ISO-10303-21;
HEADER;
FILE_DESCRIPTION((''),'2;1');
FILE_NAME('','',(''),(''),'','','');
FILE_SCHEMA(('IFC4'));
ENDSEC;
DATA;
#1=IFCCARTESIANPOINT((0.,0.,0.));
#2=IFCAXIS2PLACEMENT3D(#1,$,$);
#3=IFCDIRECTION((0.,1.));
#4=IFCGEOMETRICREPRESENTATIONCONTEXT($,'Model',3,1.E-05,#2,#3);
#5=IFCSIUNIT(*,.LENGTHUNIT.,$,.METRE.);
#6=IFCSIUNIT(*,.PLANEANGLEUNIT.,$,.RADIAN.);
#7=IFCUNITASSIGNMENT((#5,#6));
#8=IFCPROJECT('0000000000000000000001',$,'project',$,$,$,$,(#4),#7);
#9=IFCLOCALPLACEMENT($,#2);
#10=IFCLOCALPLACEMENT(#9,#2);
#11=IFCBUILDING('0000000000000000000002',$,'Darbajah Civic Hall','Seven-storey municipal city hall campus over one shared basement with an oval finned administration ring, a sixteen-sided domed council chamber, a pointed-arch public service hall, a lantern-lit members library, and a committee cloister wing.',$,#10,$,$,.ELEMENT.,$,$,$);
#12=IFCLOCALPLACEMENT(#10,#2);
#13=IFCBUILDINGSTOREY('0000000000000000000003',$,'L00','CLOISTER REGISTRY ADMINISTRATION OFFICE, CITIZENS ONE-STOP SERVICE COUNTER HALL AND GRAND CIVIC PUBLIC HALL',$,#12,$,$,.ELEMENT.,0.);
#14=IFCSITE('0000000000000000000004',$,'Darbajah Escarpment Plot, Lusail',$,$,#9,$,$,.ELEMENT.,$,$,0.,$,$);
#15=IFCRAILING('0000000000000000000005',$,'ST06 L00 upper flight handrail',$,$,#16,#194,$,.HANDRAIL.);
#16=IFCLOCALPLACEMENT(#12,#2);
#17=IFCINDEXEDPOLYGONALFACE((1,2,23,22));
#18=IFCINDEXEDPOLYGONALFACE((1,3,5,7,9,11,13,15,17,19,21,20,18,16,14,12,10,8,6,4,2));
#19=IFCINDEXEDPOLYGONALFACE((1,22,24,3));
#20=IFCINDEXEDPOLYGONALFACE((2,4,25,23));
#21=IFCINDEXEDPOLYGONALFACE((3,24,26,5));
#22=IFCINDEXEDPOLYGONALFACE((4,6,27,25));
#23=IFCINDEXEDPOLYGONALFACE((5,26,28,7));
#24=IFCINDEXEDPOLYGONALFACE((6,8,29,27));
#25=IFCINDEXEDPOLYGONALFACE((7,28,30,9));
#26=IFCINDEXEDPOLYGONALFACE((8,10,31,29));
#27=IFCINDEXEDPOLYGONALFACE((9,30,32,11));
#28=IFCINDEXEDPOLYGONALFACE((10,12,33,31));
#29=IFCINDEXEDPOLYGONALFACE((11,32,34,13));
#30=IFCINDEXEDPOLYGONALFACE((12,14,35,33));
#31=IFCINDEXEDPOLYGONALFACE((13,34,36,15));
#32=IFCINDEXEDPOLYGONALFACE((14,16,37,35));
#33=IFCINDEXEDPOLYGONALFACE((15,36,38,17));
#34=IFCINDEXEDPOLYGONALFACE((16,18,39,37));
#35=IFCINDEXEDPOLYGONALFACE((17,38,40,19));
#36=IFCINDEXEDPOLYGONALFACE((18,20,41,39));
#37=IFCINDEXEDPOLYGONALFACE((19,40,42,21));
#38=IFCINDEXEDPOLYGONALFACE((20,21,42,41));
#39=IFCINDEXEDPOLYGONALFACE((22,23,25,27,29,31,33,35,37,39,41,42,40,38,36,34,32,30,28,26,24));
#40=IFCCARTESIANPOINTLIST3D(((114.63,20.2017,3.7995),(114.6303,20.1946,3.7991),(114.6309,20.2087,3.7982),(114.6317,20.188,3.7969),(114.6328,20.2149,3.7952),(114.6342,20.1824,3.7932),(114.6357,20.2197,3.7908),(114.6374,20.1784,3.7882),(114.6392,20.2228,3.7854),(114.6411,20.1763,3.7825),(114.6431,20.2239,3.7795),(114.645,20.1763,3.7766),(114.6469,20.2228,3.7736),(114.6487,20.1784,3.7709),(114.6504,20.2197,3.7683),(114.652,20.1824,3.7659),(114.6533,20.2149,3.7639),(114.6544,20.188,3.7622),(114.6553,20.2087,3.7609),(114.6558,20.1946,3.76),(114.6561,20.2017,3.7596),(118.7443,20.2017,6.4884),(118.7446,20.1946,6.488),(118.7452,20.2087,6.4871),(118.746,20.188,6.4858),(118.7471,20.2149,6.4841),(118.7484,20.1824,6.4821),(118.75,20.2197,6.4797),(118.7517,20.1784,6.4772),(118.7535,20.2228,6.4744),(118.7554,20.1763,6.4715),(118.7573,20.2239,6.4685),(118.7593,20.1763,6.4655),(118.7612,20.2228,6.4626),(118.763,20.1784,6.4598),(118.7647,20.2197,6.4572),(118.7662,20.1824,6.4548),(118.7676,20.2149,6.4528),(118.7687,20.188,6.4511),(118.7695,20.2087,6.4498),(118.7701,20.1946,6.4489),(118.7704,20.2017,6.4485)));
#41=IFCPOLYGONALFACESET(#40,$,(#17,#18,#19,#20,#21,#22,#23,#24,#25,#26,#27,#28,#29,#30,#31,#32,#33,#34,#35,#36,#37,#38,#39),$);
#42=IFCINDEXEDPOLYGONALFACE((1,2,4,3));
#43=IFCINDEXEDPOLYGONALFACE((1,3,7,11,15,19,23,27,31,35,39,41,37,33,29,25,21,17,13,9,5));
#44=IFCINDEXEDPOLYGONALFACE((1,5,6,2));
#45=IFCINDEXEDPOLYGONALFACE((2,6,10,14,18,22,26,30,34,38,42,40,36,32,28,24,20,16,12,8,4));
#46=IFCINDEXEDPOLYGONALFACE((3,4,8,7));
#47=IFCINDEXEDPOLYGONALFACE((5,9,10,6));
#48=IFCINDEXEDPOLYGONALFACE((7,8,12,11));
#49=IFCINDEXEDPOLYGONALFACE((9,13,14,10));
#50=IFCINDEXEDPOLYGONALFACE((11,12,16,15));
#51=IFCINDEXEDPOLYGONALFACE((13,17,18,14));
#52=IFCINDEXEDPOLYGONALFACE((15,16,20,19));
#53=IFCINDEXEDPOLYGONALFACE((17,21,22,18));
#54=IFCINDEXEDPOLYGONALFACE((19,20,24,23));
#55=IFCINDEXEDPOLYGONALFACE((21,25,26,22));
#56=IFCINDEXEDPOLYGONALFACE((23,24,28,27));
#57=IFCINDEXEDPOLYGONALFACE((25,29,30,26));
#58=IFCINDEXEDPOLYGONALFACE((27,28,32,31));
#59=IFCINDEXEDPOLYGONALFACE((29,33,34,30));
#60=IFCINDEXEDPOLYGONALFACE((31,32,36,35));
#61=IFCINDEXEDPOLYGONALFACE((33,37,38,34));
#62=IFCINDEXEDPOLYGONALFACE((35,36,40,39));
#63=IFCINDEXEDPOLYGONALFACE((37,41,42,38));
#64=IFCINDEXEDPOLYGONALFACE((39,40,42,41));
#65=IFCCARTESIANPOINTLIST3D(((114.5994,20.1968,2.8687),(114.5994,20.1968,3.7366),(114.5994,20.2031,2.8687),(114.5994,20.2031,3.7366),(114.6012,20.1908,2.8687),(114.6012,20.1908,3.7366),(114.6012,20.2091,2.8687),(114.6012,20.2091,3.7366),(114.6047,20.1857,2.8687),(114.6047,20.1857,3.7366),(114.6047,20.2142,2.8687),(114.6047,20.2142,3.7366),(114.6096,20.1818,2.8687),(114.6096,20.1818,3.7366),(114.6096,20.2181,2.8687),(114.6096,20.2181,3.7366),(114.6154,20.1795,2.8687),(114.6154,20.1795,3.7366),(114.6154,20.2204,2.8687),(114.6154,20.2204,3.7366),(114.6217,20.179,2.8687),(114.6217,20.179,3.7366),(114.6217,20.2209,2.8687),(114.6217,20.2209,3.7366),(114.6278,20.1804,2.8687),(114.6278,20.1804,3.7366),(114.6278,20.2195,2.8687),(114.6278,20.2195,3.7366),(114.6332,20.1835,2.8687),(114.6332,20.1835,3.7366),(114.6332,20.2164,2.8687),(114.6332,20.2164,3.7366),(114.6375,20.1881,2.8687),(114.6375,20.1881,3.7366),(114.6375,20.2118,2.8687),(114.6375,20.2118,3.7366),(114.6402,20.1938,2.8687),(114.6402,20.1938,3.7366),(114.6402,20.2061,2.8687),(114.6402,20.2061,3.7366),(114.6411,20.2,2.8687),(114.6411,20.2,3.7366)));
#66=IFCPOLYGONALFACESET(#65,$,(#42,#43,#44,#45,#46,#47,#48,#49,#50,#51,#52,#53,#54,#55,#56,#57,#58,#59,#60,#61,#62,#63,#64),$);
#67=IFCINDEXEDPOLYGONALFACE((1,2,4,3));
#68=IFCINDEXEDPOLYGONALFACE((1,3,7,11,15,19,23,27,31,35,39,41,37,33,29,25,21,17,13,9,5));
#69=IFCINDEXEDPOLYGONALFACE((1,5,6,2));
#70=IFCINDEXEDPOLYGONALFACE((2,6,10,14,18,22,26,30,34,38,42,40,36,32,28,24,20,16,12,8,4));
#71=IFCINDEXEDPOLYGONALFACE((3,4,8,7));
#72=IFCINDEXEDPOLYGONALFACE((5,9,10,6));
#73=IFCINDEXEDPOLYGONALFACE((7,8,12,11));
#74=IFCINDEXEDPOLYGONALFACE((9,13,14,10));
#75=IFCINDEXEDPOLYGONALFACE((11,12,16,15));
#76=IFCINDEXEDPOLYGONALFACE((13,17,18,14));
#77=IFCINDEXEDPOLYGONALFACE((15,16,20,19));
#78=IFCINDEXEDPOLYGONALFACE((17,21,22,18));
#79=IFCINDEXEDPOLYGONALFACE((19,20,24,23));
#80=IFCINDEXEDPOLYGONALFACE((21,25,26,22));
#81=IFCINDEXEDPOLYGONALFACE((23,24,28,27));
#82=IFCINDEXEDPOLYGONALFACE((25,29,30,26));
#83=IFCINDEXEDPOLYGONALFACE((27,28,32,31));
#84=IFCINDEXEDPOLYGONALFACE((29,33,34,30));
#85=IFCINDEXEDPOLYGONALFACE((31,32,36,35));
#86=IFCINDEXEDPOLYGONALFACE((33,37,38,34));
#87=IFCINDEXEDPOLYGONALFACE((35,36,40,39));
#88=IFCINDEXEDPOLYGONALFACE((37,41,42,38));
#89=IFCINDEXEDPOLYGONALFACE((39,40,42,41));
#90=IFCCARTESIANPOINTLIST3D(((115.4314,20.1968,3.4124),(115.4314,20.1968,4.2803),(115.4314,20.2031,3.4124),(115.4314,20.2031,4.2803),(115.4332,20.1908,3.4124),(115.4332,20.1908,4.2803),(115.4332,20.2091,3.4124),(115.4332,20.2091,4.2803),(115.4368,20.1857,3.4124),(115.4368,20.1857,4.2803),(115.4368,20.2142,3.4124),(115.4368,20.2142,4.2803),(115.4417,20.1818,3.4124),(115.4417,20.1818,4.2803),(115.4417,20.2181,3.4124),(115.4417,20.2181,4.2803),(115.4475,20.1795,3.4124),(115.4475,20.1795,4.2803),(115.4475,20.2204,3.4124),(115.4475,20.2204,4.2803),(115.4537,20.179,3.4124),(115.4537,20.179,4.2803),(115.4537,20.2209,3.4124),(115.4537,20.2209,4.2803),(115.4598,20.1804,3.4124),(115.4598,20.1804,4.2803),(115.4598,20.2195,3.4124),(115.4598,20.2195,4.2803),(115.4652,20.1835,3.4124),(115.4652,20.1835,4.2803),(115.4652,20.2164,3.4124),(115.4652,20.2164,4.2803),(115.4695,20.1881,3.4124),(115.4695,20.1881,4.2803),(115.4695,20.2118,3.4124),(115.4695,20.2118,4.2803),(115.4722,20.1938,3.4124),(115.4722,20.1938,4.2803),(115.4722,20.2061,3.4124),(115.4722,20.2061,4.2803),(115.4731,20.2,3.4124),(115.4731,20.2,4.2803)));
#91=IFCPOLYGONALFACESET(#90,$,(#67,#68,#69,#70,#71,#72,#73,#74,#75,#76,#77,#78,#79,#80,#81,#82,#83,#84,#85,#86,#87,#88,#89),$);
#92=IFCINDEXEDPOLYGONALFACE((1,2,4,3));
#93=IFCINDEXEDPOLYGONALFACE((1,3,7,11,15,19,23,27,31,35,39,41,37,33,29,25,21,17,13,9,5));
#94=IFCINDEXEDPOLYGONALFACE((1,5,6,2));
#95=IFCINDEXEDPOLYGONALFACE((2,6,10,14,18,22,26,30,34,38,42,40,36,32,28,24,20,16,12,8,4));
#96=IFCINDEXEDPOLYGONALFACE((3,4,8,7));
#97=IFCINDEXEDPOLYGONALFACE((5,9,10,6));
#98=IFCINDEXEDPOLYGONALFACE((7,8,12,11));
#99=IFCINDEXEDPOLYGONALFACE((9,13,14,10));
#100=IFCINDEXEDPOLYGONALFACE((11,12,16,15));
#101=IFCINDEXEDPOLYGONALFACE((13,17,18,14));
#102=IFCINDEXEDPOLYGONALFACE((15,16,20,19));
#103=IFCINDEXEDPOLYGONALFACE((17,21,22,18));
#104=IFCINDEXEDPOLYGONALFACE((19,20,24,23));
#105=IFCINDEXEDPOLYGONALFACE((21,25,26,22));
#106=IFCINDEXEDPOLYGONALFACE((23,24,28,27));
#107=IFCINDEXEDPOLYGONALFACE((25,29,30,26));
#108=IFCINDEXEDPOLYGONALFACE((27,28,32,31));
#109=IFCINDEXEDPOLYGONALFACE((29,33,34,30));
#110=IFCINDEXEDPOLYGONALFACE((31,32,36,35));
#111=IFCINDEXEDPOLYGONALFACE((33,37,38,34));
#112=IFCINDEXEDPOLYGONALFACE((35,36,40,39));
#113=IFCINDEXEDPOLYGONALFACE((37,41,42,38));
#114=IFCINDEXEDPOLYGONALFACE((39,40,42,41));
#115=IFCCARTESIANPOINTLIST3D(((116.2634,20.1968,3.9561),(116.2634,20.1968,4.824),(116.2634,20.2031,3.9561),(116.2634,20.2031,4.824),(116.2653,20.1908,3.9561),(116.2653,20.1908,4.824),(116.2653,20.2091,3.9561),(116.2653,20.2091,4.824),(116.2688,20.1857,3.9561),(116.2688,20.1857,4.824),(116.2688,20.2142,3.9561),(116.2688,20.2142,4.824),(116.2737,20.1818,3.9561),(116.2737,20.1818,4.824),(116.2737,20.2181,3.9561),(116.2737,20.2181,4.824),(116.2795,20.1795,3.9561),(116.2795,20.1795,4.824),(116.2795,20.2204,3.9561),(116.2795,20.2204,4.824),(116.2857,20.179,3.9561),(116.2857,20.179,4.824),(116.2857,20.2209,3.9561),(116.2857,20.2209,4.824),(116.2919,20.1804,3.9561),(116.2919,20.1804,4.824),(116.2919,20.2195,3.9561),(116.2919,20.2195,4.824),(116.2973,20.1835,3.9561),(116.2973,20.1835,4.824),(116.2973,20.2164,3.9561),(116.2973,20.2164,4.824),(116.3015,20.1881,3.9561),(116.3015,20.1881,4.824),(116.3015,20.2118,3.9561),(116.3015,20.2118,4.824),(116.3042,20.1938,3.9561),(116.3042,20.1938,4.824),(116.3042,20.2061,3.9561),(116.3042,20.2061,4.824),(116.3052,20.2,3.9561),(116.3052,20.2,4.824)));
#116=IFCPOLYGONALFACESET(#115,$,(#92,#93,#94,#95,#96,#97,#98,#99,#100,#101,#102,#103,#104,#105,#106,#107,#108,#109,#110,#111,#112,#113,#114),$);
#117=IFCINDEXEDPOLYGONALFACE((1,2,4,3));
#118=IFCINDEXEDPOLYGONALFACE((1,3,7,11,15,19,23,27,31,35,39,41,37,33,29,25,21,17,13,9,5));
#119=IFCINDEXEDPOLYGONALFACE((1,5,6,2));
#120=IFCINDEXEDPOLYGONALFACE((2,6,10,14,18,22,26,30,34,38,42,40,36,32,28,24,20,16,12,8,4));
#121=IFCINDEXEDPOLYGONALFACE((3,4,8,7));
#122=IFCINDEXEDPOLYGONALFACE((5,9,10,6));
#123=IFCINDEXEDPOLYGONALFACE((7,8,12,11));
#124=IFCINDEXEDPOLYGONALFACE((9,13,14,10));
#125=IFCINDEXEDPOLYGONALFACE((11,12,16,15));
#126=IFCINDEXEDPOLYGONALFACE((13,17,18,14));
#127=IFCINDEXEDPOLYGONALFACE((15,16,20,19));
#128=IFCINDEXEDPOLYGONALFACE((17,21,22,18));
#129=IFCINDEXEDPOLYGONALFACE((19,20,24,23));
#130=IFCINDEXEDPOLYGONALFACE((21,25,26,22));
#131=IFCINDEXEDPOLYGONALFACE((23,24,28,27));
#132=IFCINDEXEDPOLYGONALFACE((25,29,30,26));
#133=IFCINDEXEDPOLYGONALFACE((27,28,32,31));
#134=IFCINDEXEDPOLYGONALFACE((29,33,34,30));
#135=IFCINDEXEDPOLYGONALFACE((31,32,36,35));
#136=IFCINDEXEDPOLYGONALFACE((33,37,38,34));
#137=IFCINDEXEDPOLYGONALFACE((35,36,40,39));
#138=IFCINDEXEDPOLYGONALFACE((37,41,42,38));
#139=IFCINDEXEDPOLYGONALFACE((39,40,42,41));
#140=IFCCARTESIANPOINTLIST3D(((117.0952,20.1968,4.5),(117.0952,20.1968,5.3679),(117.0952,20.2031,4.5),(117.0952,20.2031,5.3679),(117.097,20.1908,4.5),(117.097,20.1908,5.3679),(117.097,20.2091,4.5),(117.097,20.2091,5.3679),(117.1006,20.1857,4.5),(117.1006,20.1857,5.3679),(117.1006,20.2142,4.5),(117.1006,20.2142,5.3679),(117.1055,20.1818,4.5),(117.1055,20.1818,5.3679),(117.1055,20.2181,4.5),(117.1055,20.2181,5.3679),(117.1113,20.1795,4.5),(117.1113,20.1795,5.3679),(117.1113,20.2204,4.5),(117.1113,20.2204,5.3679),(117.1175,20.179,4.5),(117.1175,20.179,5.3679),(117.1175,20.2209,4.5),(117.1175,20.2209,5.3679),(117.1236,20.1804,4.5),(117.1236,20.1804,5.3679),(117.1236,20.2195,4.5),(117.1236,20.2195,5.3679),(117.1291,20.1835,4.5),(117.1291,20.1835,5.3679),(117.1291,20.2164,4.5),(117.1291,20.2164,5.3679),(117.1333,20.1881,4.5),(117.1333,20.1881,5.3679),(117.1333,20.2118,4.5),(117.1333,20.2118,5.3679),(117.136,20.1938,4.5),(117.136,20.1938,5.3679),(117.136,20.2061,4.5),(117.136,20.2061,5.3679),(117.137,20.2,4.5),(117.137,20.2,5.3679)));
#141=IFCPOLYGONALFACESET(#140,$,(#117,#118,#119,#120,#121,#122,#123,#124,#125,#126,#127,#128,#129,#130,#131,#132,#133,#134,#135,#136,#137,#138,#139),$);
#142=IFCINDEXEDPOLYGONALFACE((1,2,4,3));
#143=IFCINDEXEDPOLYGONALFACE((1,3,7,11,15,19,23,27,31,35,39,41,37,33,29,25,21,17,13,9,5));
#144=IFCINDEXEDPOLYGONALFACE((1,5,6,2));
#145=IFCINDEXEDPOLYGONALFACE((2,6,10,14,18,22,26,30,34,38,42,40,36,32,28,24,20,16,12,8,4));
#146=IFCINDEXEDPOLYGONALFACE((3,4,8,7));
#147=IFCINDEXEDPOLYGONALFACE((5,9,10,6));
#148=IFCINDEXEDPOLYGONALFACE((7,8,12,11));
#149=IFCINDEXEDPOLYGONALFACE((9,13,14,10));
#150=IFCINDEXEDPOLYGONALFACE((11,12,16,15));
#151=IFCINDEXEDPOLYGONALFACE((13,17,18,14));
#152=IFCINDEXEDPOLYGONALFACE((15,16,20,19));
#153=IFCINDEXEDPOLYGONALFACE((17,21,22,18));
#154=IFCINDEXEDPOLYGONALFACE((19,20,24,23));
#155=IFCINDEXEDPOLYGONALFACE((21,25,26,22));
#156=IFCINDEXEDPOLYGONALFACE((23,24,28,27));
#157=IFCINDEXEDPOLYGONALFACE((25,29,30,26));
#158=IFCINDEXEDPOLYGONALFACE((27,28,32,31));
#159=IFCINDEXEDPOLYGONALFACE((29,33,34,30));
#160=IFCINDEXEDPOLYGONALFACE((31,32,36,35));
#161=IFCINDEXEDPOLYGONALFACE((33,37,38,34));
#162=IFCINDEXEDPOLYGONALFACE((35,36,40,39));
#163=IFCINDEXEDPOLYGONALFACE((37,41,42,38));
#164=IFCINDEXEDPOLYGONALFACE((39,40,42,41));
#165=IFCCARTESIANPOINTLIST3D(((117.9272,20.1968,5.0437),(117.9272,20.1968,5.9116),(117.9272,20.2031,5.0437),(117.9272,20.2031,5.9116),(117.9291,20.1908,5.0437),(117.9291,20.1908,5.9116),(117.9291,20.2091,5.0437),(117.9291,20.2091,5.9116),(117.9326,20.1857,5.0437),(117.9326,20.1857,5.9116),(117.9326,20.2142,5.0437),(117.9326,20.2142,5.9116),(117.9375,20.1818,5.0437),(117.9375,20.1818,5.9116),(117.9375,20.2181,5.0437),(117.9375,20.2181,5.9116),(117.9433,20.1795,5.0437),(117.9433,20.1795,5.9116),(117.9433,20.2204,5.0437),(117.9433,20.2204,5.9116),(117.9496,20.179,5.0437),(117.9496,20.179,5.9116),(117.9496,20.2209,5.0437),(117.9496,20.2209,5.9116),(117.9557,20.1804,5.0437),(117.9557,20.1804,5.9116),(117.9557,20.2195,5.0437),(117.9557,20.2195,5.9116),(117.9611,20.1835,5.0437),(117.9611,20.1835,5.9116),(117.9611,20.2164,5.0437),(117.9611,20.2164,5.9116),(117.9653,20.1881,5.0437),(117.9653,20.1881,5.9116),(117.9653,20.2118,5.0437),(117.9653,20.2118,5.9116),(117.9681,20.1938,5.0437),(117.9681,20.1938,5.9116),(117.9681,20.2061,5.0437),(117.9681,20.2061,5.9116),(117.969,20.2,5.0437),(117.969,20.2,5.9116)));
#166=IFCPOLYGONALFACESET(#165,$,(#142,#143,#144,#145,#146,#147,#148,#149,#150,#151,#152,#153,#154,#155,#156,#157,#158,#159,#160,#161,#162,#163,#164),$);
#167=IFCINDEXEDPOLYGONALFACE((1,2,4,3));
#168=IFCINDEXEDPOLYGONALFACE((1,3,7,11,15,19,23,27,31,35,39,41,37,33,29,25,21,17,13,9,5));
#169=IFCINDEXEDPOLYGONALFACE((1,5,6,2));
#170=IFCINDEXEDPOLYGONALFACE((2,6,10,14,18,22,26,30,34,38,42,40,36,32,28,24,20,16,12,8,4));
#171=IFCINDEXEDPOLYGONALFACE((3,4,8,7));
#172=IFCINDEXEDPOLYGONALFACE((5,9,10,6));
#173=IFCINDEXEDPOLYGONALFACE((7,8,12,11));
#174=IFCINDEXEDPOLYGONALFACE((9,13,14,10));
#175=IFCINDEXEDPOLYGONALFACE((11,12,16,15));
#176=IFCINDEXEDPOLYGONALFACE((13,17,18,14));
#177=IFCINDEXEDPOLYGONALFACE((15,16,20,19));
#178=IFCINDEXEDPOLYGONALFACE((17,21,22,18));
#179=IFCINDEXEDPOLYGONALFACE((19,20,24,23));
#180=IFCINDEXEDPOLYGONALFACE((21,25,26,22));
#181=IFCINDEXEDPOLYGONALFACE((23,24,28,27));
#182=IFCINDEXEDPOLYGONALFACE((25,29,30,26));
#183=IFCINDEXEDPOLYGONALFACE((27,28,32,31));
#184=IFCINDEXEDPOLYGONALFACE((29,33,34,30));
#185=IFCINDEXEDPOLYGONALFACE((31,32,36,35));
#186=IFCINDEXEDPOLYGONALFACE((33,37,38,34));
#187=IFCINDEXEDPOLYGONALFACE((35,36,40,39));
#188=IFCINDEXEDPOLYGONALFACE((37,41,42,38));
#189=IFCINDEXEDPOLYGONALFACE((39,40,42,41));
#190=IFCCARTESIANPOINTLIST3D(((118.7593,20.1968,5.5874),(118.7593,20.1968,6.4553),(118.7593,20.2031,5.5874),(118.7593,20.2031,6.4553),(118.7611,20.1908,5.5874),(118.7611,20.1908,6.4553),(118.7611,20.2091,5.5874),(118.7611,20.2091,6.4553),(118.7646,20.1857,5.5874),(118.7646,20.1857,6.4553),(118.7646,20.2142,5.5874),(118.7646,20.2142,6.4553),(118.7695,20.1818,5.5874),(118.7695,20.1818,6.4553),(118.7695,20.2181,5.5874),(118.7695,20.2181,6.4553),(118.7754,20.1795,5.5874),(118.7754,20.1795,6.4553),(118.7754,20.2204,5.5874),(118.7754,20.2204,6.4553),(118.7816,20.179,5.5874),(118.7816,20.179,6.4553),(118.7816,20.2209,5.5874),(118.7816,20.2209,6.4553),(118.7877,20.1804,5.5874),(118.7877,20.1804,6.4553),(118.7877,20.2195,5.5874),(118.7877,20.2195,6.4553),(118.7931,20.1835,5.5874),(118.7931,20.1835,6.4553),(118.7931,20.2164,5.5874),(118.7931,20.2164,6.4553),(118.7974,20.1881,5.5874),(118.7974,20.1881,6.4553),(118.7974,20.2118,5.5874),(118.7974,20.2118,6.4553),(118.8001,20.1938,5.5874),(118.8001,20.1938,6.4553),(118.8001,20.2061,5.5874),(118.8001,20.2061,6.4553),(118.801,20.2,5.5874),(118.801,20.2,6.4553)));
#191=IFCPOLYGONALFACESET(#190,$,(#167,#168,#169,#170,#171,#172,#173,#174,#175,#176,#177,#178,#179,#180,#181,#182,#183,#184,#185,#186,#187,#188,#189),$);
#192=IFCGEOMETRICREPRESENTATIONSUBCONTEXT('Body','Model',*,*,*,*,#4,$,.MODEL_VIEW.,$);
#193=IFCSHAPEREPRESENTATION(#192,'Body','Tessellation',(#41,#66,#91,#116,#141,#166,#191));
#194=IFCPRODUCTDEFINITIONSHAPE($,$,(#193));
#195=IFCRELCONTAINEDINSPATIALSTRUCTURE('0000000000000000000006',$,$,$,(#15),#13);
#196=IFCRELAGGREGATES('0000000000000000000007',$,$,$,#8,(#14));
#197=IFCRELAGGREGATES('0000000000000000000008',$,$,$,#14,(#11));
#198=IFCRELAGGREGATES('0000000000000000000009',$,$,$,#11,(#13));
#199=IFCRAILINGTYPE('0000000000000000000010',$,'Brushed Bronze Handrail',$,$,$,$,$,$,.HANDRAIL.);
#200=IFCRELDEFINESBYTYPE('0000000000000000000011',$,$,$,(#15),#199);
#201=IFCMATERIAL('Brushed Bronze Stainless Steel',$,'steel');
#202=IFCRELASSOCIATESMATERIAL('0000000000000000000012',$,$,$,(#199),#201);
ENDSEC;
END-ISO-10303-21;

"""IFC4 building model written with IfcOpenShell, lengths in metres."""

from ifc_helpers import new_model, si_unit, direction, frame, origin, origin_2d, place, context, subcontext, project, spatial, circle, extrude, material, type_object, element, save


model = new_model("IFC4")

# Units and contexts
model_context = context("Model", 3, precision=1e-05, world=origin(), true_north=direction((0.0, 1.0)))
body_context = subcontext(model_context, "Body", "Model", "MODEL_VIEW")
ifc_project = project(units=[si_unit("LENGTHUNIT", "METRE"), si_unit("PLANEANGLEUNIT", "RADIAN")], contexts=[model_context])

# Site, building, storey
site_placement = place(None, origin())
site = spatial("IfcSite", under=ifc_project, at=site_placement, Name="Darbajah Escarpment Plot, Lusail", CompositionType="ELEMENT", RefElevation=0.0)
building_placement = place(site_placement, origin())
building = spatial("IfcBuilding", under=site, at=building_placement, Name="Darbajah Civic Hall", Description="Seven-storey municipal city hall campus over one shared basement with an oval finned administration ring, a sixteen-sided domed council chamber, a pointed-arch public service hall, a lantern-lit members library, and a committee cloister wing.", CompositionType="ELEMENT")
storey_placement = place(building_placement, origin())
storey = spatial("IfcBuildingStorey", under=building, at=storey_placement, Name="L00", Description="CLOISTER REGISTRY ADMINISTRATION OFFICE, CITIZENS ONE-STOP SERVICE COUNTER HALL AND GRAND CIVIC PUBLIC HALL", CompositionType="ELEMENT", Elevation=0.0)

# Railing
ifc_material_1 = material(Name="Brushed Bronze Stainless Steel", Category="steel")
railing_type_1 = type_object("IfcRailingType", Name="Brushed Bronze Handrail", PredefinedType="HANDRAIL", material=ifc_material_1)
railing_1_placement = place(storey_placement, frame((114.6201, 20.2, 2.8687)))
element("IfcRailing", 1, at=railing_1_placement, inside=storey, type_object=railing_type_1, Name="ST06 L00 upper flight handrail", PredefinedType="HANDRAIL", context=body_context, shape_type="SweptSolid", body=[
    extrude(circle(Radius=0.0239, at=origin_2d()), frame((0.0229, 0.0, 0.9109), z_axis=(0.83708, 0.0, 0.547081), x_axis=(0.0, 1.0, 0.0)), (0.0, 0.0, 1.0), 4.915),
    extrude(circle(Radius=0.021, at=origin_2d()), origin(), (0.0, 0.0, 1.0), 0.8679),
    extrude(circle(Radius=0.021, at=origin_2d()), frame((0.832, 0.0, 0.5437)), (0.0, 0.0, 1.0), 0.8679),
    extrude(circle(Radius=0.021, at=origin_2d()), frame((1.6641, 0.0, 1.0874)), (0.0, 0.0, 1.0), 0.8679),
    extrude(circle(Radius=0.021, at=origin_2d()), frame((2.4958, 0.0, 1.6313)), (0.0, 0.0, 1.0), 0.8679),
    extrude(circle(Radius=0.021, at=origin_2d()), frame((3.3279, 0.0, 2.175)), (0.0, 0.0, 1.0), 0.8679),
    extrude(circle(Radius=0.021, at=origin_2d()), frame((4.1599, 0.0, 2.7188)), (0.0, 0.0, 1.0), 0.8679),
])

save(model, "model.ifc")
